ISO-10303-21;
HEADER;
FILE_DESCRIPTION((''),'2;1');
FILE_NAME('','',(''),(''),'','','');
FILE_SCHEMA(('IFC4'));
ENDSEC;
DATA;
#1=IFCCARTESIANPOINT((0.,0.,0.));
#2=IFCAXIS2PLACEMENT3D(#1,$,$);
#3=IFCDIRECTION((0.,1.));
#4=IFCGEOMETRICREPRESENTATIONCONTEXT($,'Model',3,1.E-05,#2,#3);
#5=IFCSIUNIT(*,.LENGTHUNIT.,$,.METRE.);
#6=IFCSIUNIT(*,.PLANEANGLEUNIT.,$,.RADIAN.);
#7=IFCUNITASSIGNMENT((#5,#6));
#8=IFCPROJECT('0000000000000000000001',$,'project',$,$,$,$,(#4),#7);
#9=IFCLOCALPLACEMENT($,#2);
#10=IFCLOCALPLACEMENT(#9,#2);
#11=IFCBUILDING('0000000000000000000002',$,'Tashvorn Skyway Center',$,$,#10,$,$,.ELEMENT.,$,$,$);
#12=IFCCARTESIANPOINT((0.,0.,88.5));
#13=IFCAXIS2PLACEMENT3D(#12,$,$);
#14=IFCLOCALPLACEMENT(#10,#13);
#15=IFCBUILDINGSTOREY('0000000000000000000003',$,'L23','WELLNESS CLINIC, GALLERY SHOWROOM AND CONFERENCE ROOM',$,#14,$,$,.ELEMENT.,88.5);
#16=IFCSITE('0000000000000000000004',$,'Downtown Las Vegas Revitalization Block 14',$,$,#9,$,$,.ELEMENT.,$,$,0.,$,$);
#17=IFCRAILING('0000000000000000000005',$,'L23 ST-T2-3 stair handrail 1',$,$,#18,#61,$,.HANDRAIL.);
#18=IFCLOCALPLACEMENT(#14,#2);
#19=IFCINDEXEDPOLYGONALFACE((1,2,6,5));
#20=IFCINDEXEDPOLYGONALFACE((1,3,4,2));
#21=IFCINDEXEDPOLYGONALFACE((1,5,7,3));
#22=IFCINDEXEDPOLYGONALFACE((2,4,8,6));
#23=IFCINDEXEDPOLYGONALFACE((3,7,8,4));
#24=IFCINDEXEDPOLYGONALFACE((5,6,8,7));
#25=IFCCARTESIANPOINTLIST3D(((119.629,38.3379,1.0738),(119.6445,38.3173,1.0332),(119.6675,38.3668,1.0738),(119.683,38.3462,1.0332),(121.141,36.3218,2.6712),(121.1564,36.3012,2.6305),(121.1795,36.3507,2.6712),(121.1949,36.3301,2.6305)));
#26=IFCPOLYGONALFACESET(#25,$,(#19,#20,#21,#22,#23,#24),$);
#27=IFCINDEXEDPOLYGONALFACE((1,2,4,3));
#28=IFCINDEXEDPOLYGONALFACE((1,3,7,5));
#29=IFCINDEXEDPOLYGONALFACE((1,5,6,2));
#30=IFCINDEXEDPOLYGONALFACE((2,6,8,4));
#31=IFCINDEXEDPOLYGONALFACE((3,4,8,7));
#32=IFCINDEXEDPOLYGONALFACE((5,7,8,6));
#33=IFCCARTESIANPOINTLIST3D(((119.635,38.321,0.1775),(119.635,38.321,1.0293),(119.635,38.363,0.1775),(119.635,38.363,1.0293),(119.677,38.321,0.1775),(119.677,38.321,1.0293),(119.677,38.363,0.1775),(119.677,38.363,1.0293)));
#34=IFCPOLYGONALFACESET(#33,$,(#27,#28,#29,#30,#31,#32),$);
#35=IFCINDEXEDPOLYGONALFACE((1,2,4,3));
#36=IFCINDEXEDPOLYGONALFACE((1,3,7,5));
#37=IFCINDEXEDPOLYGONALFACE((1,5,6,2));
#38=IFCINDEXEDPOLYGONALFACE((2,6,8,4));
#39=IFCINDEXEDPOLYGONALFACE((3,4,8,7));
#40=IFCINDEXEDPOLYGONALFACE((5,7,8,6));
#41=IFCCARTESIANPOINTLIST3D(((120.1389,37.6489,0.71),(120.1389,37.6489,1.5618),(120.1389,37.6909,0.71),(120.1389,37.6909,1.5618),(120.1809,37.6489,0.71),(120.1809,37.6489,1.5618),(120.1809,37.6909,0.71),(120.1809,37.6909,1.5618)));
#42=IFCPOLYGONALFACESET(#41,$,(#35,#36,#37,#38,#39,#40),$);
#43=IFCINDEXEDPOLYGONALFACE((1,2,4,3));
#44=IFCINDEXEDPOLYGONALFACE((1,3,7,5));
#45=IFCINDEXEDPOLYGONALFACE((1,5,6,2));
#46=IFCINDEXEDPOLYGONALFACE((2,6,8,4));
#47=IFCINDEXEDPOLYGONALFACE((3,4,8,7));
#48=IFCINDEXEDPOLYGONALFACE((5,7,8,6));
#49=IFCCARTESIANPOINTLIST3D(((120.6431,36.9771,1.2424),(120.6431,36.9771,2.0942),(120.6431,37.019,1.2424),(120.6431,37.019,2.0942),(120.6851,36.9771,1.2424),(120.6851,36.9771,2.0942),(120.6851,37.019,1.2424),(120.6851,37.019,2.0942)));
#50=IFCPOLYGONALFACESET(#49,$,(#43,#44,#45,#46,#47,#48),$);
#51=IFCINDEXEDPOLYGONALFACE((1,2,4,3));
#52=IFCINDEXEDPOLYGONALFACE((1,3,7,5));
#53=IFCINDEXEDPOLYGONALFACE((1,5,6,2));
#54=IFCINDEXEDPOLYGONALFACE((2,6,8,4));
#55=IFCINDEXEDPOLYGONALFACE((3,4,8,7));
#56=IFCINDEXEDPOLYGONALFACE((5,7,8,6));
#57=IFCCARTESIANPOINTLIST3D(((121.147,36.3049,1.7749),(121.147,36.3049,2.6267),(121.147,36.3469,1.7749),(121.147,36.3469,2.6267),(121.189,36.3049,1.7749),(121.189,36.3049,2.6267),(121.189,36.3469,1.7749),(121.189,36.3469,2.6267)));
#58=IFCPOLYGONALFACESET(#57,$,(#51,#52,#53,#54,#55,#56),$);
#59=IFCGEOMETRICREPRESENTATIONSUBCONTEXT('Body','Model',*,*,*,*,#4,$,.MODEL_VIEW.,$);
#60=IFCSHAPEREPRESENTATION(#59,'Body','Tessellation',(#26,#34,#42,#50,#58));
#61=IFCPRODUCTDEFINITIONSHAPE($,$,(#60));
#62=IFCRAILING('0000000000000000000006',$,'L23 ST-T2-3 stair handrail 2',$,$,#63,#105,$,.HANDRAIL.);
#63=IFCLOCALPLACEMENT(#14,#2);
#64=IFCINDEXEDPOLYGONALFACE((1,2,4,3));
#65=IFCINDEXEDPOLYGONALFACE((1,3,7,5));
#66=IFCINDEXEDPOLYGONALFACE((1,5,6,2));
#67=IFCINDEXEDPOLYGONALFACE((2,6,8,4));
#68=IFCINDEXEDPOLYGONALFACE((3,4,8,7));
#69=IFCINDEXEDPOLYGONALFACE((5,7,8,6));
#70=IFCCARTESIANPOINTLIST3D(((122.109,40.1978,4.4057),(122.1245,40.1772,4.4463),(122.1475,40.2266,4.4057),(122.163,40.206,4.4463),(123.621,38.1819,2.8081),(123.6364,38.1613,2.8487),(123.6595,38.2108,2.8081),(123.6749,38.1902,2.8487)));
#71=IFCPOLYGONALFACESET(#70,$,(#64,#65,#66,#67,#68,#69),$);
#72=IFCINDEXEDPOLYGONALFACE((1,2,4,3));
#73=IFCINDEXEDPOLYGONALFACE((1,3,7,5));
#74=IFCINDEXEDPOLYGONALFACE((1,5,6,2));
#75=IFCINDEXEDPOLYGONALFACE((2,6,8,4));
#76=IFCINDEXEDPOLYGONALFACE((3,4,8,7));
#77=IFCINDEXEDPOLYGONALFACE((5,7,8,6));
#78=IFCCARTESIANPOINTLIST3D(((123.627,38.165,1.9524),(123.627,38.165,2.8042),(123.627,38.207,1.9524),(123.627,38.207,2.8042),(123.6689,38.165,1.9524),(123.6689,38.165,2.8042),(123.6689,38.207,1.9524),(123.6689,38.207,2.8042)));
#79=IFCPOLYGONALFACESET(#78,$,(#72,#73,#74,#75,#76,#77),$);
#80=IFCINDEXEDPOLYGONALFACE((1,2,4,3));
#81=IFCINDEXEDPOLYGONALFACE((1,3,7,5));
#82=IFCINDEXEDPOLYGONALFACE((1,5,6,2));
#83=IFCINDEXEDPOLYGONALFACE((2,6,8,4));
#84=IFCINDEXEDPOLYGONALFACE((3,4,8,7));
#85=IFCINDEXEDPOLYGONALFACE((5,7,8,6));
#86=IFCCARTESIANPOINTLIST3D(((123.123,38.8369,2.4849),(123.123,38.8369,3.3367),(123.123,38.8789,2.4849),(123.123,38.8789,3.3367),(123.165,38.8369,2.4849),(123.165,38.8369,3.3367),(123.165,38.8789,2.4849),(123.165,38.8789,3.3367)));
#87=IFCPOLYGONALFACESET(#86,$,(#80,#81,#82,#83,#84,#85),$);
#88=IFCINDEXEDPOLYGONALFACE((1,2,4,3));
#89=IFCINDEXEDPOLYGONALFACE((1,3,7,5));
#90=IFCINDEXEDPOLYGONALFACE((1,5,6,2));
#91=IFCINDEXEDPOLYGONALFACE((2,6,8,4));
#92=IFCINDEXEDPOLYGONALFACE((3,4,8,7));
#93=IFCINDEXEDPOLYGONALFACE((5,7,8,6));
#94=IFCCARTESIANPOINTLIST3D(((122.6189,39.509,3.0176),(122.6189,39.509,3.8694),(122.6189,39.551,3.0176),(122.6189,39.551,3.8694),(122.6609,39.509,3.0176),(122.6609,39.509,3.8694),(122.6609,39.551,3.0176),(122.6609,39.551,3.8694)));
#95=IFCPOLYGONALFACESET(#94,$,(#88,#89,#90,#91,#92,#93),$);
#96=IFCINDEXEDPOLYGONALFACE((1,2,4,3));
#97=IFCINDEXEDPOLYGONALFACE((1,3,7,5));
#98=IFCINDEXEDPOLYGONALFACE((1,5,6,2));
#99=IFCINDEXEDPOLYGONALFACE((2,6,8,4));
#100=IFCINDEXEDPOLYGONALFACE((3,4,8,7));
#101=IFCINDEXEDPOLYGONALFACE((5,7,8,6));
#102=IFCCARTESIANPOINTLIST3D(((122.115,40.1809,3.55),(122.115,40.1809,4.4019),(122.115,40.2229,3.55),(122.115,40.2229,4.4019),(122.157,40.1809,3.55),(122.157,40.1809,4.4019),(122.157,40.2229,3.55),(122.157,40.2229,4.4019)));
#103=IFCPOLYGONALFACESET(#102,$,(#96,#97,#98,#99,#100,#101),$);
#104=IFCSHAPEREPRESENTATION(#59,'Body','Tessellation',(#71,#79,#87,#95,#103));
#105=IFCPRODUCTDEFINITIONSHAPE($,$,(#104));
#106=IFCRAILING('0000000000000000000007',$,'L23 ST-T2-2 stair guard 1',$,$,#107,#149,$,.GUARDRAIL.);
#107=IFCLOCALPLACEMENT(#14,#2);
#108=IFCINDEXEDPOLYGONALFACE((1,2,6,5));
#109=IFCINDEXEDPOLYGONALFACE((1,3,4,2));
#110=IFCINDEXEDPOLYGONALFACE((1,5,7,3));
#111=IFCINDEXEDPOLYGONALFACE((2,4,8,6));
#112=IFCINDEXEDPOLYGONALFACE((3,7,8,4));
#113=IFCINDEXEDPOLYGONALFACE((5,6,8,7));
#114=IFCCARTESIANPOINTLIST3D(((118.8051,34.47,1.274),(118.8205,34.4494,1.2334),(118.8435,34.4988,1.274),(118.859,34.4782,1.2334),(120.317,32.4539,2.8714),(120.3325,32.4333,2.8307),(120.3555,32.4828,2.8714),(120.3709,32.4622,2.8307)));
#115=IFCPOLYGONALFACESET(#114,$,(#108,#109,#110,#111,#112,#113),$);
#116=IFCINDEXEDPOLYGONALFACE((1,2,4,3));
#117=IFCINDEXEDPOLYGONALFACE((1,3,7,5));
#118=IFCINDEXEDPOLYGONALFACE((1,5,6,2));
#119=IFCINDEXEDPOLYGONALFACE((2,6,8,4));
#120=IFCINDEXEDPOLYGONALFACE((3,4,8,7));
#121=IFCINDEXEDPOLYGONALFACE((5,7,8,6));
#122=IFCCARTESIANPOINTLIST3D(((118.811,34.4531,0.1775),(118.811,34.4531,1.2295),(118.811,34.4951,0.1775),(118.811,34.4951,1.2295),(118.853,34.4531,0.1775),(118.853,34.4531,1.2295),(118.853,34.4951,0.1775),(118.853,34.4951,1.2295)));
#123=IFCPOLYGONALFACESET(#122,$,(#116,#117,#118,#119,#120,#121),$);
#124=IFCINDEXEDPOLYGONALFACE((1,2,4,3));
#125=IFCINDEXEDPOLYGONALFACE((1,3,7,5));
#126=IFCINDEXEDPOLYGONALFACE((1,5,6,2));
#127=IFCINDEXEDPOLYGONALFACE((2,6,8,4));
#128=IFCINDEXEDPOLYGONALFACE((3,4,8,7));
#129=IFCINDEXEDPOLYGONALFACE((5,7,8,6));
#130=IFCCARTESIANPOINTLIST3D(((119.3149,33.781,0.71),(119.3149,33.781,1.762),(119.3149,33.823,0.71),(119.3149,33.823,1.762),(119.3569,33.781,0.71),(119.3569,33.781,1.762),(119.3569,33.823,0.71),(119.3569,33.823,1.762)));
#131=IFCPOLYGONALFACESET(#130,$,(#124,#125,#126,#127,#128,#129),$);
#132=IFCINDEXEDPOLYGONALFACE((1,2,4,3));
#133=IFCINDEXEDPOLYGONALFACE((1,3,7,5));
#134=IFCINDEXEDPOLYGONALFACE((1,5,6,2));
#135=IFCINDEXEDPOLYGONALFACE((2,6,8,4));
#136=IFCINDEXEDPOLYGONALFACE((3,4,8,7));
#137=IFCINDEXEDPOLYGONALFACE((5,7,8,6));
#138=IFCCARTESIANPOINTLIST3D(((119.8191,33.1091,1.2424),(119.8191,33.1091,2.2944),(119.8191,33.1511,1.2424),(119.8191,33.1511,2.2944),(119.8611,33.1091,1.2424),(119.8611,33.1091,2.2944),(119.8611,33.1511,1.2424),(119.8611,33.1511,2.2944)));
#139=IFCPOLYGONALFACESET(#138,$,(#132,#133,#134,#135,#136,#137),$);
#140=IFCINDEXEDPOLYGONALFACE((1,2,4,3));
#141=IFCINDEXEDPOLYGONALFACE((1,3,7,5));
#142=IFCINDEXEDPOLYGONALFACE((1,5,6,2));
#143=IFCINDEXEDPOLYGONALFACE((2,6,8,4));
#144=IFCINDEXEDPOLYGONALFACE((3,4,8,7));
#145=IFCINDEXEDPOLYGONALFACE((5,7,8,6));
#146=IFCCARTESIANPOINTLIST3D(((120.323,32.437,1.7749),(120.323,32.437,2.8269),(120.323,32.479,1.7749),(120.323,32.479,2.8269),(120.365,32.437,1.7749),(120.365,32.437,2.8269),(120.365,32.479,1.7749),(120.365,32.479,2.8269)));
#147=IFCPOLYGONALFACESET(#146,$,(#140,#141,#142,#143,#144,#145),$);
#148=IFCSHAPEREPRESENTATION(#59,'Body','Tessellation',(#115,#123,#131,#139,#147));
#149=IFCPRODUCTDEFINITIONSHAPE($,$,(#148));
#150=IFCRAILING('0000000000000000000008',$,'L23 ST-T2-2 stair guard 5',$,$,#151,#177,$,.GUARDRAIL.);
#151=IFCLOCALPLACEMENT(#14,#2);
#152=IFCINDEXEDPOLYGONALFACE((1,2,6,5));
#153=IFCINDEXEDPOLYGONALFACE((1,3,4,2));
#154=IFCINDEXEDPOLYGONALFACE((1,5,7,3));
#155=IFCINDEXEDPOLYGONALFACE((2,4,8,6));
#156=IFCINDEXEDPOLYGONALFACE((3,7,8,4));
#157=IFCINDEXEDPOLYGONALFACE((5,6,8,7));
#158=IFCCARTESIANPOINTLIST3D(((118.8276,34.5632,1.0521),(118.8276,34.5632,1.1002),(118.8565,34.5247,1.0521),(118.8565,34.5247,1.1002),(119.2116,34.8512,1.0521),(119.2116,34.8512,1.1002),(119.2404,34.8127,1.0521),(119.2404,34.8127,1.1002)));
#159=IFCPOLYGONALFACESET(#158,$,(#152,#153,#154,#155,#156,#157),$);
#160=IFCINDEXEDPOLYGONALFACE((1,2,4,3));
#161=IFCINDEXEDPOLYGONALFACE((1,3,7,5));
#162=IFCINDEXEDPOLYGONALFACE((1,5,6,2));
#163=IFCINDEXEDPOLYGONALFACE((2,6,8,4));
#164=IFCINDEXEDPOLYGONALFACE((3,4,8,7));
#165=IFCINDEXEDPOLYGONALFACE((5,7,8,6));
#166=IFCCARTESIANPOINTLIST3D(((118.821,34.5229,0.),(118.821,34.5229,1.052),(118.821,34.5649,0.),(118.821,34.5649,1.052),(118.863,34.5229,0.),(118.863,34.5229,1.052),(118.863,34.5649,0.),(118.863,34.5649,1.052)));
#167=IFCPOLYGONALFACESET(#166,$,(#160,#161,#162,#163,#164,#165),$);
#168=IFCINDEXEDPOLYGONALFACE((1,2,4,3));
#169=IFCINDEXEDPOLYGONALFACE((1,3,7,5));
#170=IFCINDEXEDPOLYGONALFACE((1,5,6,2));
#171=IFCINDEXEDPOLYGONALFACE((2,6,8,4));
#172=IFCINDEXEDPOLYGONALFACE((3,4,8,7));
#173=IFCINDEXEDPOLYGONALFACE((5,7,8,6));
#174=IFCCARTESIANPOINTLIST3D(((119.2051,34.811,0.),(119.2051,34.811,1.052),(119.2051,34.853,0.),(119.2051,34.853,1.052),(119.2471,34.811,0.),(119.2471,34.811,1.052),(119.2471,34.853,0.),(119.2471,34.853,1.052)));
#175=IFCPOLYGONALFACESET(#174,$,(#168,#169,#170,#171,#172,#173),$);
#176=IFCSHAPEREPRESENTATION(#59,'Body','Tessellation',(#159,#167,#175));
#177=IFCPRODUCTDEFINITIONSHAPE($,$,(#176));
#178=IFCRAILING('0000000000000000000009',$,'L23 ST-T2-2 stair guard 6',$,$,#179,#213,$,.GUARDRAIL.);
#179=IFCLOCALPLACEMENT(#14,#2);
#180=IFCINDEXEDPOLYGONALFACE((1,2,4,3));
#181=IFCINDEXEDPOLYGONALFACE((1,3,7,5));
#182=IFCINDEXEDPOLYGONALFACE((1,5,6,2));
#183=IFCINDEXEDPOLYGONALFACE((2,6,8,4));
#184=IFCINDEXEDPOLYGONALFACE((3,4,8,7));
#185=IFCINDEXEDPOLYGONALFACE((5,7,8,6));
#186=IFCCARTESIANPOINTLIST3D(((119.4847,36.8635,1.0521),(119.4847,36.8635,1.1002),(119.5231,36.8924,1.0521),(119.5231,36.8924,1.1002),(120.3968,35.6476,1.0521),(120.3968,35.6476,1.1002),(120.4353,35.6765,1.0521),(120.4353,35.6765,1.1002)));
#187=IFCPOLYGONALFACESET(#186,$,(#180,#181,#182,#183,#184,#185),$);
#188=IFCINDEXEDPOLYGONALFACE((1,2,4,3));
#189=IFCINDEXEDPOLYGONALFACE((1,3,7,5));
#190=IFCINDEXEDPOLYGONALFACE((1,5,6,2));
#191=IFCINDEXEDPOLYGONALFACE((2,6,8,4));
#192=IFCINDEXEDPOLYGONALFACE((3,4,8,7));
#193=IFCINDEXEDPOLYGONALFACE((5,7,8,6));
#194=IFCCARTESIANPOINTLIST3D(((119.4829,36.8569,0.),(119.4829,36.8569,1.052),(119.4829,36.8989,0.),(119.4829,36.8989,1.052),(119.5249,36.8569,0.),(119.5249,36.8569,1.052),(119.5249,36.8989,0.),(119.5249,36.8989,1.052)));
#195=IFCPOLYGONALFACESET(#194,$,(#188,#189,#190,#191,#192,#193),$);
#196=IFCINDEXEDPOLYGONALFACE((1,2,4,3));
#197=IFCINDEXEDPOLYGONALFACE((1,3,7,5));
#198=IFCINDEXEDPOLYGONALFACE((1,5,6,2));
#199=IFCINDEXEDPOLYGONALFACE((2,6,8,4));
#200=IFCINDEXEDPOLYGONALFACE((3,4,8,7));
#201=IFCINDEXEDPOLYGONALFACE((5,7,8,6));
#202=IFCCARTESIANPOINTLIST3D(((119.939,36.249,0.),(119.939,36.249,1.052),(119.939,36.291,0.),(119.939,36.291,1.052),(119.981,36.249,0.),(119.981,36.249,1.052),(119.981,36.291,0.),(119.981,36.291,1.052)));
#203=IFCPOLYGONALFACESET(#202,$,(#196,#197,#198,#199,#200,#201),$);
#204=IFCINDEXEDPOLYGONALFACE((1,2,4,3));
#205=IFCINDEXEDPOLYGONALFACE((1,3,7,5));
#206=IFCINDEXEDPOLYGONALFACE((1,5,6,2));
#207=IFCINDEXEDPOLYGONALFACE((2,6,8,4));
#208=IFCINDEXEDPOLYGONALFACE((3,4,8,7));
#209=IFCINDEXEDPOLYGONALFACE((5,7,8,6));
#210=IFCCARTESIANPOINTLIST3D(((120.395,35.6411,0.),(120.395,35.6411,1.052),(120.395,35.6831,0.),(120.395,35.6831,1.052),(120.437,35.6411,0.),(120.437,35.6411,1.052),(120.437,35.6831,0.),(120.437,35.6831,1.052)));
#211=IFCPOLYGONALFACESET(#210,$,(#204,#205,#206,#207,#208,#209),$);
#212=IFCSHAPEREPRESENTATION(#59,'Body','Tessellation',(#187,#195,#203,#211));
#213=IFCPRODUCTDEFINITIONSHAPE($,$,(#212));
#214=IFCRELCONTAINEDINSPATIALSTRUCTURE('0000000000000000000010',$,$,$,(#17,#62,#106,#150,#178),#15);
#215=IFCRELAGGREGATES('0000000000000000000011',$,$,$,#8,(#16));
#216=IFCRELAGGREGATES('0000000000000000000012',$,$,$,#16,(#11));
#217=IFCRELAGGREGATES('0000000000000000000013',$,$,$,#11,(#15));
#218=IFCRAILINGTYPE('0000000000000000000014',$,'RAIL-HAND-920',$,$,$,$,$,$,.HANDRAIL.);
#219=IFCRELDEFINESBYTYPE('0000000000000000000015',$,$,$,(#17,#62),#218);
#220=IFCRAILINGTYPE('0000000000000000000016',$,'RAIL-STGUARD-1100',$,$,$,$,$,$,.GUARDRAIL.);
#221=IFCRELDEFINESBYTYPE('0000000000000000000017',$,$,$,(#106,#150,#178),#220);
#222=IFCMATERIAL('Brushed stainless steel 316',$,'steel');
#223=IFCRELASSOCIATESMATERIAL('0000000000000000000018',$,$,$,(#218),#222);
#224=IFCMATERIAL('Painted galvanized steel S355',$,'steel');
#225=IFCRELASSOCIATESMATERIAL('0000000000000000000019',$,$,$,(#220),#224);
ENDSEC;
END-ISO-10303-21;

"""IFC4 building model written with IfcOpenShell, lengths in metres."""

from ifc_helpers import new_model, si_unit, direction, frame, origin, origin_2d, place, context, subcontext, project, spatial, rectangle, extrude, material, type_object, element, save


model = new_model("IFC4")

# Units and contexts
model_context = context("Model", 3, precision=1e-05, world=origin(), true_north=direction((0.0, 1.0)))
body_context = subcontext(model_context, "Body", "Model", "MODEL_VIEW")
ifc_project = project(units=[si_unit("LENGTHUNIT", "METRE"), si_unit("PLANEANGLEUNIT", "RADIAN")], contexts=[model_context])

# Site, building, storey
site_placement = place(None, origin())
site = spatial("IfcSite", under=ifc_project, at=site_placement, Name="Downtown Las Vegas Revitalization Block 14", CompositionType="ELEMENT", RefElevation=0.0)
building_placement = place(site_placement, origin())
building = spatial("IfcBuilding", under=site, at=building_placement, Name="Tashvorn Skyway Center", CompositionType="ELEMENT")
storey_placement = place(building_placement, frame((0.0, 0.0, 88.5)))
storey = spatial("IfcBuildingStorey", under=building, at=storey_placement, Name="L23", Description="WELLNESS CLINIC, GALLERY SHOWROOM AND CONFERENCE ROOM", CompositionType="ELEMENT", Elevation=88.5)

# Railings
ifc_material_1 = material(Name="Brushed stainless steel 316", Category="steel")
railing_type_1 = type_object("IfcRailingType", Name="RAIL-HAND-920", PredefinedType="HANDRAIL", material=ifc_material_1)
railing_1_placement = place(storey_placement, frame((119.656, 38.342, 0.1775)))
element("IfcRailing", 1, at=railing_1_placement, inside=storey, type_object=railing_type_1, Name="L23 ST-T2-3 stair handrail 1", PredefinedType="HANDRAIL", context=body_context, shape_type="SweptSolid", body=[
    extrude(rectangle(XDim=0.0481, YDim=0.0481, at=origin_2d()), frame((0.0, 0.0, 0.876), z_axis=(0.506741, -0.675709, 0.535379), x_axis=(0.800023, 0.599969, 0.0)), (0.0, 0.0, 1.0), 2.9836),
    extrude(rectangle(XDim=0.042, YDim=0.042, at=origin_2d()), origin(), (0.0, 0.0, 1.0), 0.8518),
    extrude(rectangle(XDim=0.042, YDim=0.042, at=origin_2d()), frame((0.5039, -0.6721, 0.5325)), (0.0, 0.0, 1.0), 0.8518),
    extrude(rectangle(XDim=0.042, YDim=0.042, at=origin_2d()), frame((1.0081, -1.344, 1.0649)), (0.0, 0.0, 1.0), 0.8518),
    extrude(rectangle(XDim=0.042, YDim=0.042, at=origin_2d()), frame((1.512, -2.0161, 1.5974)), (0.0, 0.0, 1.0), 0.8518),
])
railing_2_placement = place(storey_placement, frame((123.6479, 38.186, 1.9524)))
element("IfcRailing", 2, at=railing_2_placement, inside=storey, type_object=railing_type_1, Name="L23 ST-T2-3 stair handrail 2", PredefinedType="HANDRAIL", context=body_context, shape_type="SweptSolid", body=[
    extrude(rectangle(XDim=0.0481, YDim=0.0481, at=origin_2d()), frame((0.0, 0.0, 0.876), z_axis=(-0.506747, 0.675635, 0.535467), x_axis=(-0.799988, -0.600016, 0.0)), (0.0, 0.0, 1.0), 2.9836),
    extrude(rectangle(XDim=0.042, YDim=0.042, at=origin_2d()), origin(), (0.0, 0.0, 1.0), 0.8518),
    extrude(rectangle(XDim=0.042, YDim=0.042, at=origin_2d()), frame((-0.5039, 0.6719, 0.5325)), (0.0, 0.0, 1.0), 0.8518),
    extrude(rectangle(XDim=0.042, YDim=0.042, at=origin_2d()), frame((-1.0081, 1.344, 1.0652)), (0.0, 0.0, 1.0), 0.8518),
    extrude(rectangle(XDim=0.042, YDim=0.042, at=origin_2d()), frame((-1.512, 2.0159, 1.5977)), (0.0, 0.0, 1.0), 0.8518),
])
ifc_material_2 = material(Name="Painted galvanized steel S355", Category="steel")
railing_type_2 = type_object("IfcRailingType", Name="RAIL-STGUARD-1100", PredefinedType="GUARDRAIL", material=ifc_material_2)
railing_3_placement = place(storey_placement, frame((118.832, 34.4741, 0.1775)))
element("IfcRailing", 3, at=railing_3_placement, inside=storey, type_object=railing_type_2, Name="L23 ST-T2-2 stair guard 1", PredefinedType="GUARDRAIL", context=body_context, shape_type="SweptSolid", body=[
    extrude(rectangle(XDim=0.0481, YDim=0.0481, at=origin_2d()), frame((0.0, 0.0, 1.0762), z_axis=(0.506741, -0.675709, 0.535379), x_axis=(0.800023, 0.599969, 0.0)), (0.0, 0.0, 1.0), 2.9836),
    extrude(rectangle(XDim=0.042, YDim=0.042, at=origin_2d()), origin(), (0.0, 0.0, 1.0), 1.052),
    extrude(rectangle(XDim=0.042, YDim=0.042, at=origin_2d()), frame((0.5039, -0.6721, 0.5325)), (0.0, 0.0, 1.0), 1.052),
    extrude(rectangle(XDim=0.042, YDim=0.042, at=origin_2d()), frame((1.0081, -1.344, 1.0649)), (0.0, 0.0, 1.0), 1.052),
    extrude(rectangle(XDim=0.042, YDim=0.042, at=origin_2d()), frame((1.512, -2.0161, 1.5974)), (0.0, 0.0, 1.0), 1.052),
])
railing_4_placement = place(storey_placement, frame((118.842, 34.5439, 0.0)))
element("IfcRailing", 4, at=railing_4_placement, inside=storey, type_object=railing_type_2, Name="L23 ST-T2-2 stair guard 5", PredefinedType="GUARDRAIL", context=body_context, shape_type="SweptSolid", body=[
    extrude(rectangle(XDim=0.0481, YDim=0.0481, at=origin_2d()), frame((0.0, 0.0, 1.0762), z_axis=(0.799939, 0.600081, 0.0), x_axis=(-0.600081, 0.799939, 0.0)), (0.0, 0.0, 1.0), 0.48),
    extrude(rectangle(XDim=0.042, YDim=0.042, at=origin_2d()), origin(), (0.0, 0.0, 1.0), 1.052),
    extrude(rectangle(XDim=0.042, YDim=0.042, at=origin_2d()), frame((0.384, 0.2881, 0.0)), (0.0, 0.0, 1.0), 1.052),
])
railing_5_placement = place(storey_placement, frame((119.5039, 36.8779, 0.0)))
element("IfcRailing", 5, at=railing_5_placement, inside=storey, type_object=railing_type_2, Name="L23 ST-T2-2 stair guard 6", PredefinedType="GUARDRAIL", context=body_context, shape_type="SweptSolid", body=[
    extrude(rectangle(XDim=0.0481, YDim=0.0481, at=origin_2d()), frame((0.0, 0.0, 1.0762), z_axis=(0.600103, -0.799923, 0.0), x_axis=(0.799923, 0.600103, 0.0)), (0.0, 0.0, 1.0), 1.52),
    extrude(rectangle(XDim=0.042, YDim=0.042, at=origin_2d()), origin(), (0.0, 0.0, 1.0), 1.052),
    extrude(rectangle(XDim=0.042, YDim=0.042, at=origin_2d()), frame((0.4561, -0.6079, 0.0)), (0.0, 0.0, 1.0), 1.052),
    extrude(rectangle(XDim=0.042, YDim=0.042, at=origin_2d()), frame((0.9121, -1.2158, 0.0)), (0.0, 0.0, 1.0), 1.052),
])

save(model, "model.ifc")
